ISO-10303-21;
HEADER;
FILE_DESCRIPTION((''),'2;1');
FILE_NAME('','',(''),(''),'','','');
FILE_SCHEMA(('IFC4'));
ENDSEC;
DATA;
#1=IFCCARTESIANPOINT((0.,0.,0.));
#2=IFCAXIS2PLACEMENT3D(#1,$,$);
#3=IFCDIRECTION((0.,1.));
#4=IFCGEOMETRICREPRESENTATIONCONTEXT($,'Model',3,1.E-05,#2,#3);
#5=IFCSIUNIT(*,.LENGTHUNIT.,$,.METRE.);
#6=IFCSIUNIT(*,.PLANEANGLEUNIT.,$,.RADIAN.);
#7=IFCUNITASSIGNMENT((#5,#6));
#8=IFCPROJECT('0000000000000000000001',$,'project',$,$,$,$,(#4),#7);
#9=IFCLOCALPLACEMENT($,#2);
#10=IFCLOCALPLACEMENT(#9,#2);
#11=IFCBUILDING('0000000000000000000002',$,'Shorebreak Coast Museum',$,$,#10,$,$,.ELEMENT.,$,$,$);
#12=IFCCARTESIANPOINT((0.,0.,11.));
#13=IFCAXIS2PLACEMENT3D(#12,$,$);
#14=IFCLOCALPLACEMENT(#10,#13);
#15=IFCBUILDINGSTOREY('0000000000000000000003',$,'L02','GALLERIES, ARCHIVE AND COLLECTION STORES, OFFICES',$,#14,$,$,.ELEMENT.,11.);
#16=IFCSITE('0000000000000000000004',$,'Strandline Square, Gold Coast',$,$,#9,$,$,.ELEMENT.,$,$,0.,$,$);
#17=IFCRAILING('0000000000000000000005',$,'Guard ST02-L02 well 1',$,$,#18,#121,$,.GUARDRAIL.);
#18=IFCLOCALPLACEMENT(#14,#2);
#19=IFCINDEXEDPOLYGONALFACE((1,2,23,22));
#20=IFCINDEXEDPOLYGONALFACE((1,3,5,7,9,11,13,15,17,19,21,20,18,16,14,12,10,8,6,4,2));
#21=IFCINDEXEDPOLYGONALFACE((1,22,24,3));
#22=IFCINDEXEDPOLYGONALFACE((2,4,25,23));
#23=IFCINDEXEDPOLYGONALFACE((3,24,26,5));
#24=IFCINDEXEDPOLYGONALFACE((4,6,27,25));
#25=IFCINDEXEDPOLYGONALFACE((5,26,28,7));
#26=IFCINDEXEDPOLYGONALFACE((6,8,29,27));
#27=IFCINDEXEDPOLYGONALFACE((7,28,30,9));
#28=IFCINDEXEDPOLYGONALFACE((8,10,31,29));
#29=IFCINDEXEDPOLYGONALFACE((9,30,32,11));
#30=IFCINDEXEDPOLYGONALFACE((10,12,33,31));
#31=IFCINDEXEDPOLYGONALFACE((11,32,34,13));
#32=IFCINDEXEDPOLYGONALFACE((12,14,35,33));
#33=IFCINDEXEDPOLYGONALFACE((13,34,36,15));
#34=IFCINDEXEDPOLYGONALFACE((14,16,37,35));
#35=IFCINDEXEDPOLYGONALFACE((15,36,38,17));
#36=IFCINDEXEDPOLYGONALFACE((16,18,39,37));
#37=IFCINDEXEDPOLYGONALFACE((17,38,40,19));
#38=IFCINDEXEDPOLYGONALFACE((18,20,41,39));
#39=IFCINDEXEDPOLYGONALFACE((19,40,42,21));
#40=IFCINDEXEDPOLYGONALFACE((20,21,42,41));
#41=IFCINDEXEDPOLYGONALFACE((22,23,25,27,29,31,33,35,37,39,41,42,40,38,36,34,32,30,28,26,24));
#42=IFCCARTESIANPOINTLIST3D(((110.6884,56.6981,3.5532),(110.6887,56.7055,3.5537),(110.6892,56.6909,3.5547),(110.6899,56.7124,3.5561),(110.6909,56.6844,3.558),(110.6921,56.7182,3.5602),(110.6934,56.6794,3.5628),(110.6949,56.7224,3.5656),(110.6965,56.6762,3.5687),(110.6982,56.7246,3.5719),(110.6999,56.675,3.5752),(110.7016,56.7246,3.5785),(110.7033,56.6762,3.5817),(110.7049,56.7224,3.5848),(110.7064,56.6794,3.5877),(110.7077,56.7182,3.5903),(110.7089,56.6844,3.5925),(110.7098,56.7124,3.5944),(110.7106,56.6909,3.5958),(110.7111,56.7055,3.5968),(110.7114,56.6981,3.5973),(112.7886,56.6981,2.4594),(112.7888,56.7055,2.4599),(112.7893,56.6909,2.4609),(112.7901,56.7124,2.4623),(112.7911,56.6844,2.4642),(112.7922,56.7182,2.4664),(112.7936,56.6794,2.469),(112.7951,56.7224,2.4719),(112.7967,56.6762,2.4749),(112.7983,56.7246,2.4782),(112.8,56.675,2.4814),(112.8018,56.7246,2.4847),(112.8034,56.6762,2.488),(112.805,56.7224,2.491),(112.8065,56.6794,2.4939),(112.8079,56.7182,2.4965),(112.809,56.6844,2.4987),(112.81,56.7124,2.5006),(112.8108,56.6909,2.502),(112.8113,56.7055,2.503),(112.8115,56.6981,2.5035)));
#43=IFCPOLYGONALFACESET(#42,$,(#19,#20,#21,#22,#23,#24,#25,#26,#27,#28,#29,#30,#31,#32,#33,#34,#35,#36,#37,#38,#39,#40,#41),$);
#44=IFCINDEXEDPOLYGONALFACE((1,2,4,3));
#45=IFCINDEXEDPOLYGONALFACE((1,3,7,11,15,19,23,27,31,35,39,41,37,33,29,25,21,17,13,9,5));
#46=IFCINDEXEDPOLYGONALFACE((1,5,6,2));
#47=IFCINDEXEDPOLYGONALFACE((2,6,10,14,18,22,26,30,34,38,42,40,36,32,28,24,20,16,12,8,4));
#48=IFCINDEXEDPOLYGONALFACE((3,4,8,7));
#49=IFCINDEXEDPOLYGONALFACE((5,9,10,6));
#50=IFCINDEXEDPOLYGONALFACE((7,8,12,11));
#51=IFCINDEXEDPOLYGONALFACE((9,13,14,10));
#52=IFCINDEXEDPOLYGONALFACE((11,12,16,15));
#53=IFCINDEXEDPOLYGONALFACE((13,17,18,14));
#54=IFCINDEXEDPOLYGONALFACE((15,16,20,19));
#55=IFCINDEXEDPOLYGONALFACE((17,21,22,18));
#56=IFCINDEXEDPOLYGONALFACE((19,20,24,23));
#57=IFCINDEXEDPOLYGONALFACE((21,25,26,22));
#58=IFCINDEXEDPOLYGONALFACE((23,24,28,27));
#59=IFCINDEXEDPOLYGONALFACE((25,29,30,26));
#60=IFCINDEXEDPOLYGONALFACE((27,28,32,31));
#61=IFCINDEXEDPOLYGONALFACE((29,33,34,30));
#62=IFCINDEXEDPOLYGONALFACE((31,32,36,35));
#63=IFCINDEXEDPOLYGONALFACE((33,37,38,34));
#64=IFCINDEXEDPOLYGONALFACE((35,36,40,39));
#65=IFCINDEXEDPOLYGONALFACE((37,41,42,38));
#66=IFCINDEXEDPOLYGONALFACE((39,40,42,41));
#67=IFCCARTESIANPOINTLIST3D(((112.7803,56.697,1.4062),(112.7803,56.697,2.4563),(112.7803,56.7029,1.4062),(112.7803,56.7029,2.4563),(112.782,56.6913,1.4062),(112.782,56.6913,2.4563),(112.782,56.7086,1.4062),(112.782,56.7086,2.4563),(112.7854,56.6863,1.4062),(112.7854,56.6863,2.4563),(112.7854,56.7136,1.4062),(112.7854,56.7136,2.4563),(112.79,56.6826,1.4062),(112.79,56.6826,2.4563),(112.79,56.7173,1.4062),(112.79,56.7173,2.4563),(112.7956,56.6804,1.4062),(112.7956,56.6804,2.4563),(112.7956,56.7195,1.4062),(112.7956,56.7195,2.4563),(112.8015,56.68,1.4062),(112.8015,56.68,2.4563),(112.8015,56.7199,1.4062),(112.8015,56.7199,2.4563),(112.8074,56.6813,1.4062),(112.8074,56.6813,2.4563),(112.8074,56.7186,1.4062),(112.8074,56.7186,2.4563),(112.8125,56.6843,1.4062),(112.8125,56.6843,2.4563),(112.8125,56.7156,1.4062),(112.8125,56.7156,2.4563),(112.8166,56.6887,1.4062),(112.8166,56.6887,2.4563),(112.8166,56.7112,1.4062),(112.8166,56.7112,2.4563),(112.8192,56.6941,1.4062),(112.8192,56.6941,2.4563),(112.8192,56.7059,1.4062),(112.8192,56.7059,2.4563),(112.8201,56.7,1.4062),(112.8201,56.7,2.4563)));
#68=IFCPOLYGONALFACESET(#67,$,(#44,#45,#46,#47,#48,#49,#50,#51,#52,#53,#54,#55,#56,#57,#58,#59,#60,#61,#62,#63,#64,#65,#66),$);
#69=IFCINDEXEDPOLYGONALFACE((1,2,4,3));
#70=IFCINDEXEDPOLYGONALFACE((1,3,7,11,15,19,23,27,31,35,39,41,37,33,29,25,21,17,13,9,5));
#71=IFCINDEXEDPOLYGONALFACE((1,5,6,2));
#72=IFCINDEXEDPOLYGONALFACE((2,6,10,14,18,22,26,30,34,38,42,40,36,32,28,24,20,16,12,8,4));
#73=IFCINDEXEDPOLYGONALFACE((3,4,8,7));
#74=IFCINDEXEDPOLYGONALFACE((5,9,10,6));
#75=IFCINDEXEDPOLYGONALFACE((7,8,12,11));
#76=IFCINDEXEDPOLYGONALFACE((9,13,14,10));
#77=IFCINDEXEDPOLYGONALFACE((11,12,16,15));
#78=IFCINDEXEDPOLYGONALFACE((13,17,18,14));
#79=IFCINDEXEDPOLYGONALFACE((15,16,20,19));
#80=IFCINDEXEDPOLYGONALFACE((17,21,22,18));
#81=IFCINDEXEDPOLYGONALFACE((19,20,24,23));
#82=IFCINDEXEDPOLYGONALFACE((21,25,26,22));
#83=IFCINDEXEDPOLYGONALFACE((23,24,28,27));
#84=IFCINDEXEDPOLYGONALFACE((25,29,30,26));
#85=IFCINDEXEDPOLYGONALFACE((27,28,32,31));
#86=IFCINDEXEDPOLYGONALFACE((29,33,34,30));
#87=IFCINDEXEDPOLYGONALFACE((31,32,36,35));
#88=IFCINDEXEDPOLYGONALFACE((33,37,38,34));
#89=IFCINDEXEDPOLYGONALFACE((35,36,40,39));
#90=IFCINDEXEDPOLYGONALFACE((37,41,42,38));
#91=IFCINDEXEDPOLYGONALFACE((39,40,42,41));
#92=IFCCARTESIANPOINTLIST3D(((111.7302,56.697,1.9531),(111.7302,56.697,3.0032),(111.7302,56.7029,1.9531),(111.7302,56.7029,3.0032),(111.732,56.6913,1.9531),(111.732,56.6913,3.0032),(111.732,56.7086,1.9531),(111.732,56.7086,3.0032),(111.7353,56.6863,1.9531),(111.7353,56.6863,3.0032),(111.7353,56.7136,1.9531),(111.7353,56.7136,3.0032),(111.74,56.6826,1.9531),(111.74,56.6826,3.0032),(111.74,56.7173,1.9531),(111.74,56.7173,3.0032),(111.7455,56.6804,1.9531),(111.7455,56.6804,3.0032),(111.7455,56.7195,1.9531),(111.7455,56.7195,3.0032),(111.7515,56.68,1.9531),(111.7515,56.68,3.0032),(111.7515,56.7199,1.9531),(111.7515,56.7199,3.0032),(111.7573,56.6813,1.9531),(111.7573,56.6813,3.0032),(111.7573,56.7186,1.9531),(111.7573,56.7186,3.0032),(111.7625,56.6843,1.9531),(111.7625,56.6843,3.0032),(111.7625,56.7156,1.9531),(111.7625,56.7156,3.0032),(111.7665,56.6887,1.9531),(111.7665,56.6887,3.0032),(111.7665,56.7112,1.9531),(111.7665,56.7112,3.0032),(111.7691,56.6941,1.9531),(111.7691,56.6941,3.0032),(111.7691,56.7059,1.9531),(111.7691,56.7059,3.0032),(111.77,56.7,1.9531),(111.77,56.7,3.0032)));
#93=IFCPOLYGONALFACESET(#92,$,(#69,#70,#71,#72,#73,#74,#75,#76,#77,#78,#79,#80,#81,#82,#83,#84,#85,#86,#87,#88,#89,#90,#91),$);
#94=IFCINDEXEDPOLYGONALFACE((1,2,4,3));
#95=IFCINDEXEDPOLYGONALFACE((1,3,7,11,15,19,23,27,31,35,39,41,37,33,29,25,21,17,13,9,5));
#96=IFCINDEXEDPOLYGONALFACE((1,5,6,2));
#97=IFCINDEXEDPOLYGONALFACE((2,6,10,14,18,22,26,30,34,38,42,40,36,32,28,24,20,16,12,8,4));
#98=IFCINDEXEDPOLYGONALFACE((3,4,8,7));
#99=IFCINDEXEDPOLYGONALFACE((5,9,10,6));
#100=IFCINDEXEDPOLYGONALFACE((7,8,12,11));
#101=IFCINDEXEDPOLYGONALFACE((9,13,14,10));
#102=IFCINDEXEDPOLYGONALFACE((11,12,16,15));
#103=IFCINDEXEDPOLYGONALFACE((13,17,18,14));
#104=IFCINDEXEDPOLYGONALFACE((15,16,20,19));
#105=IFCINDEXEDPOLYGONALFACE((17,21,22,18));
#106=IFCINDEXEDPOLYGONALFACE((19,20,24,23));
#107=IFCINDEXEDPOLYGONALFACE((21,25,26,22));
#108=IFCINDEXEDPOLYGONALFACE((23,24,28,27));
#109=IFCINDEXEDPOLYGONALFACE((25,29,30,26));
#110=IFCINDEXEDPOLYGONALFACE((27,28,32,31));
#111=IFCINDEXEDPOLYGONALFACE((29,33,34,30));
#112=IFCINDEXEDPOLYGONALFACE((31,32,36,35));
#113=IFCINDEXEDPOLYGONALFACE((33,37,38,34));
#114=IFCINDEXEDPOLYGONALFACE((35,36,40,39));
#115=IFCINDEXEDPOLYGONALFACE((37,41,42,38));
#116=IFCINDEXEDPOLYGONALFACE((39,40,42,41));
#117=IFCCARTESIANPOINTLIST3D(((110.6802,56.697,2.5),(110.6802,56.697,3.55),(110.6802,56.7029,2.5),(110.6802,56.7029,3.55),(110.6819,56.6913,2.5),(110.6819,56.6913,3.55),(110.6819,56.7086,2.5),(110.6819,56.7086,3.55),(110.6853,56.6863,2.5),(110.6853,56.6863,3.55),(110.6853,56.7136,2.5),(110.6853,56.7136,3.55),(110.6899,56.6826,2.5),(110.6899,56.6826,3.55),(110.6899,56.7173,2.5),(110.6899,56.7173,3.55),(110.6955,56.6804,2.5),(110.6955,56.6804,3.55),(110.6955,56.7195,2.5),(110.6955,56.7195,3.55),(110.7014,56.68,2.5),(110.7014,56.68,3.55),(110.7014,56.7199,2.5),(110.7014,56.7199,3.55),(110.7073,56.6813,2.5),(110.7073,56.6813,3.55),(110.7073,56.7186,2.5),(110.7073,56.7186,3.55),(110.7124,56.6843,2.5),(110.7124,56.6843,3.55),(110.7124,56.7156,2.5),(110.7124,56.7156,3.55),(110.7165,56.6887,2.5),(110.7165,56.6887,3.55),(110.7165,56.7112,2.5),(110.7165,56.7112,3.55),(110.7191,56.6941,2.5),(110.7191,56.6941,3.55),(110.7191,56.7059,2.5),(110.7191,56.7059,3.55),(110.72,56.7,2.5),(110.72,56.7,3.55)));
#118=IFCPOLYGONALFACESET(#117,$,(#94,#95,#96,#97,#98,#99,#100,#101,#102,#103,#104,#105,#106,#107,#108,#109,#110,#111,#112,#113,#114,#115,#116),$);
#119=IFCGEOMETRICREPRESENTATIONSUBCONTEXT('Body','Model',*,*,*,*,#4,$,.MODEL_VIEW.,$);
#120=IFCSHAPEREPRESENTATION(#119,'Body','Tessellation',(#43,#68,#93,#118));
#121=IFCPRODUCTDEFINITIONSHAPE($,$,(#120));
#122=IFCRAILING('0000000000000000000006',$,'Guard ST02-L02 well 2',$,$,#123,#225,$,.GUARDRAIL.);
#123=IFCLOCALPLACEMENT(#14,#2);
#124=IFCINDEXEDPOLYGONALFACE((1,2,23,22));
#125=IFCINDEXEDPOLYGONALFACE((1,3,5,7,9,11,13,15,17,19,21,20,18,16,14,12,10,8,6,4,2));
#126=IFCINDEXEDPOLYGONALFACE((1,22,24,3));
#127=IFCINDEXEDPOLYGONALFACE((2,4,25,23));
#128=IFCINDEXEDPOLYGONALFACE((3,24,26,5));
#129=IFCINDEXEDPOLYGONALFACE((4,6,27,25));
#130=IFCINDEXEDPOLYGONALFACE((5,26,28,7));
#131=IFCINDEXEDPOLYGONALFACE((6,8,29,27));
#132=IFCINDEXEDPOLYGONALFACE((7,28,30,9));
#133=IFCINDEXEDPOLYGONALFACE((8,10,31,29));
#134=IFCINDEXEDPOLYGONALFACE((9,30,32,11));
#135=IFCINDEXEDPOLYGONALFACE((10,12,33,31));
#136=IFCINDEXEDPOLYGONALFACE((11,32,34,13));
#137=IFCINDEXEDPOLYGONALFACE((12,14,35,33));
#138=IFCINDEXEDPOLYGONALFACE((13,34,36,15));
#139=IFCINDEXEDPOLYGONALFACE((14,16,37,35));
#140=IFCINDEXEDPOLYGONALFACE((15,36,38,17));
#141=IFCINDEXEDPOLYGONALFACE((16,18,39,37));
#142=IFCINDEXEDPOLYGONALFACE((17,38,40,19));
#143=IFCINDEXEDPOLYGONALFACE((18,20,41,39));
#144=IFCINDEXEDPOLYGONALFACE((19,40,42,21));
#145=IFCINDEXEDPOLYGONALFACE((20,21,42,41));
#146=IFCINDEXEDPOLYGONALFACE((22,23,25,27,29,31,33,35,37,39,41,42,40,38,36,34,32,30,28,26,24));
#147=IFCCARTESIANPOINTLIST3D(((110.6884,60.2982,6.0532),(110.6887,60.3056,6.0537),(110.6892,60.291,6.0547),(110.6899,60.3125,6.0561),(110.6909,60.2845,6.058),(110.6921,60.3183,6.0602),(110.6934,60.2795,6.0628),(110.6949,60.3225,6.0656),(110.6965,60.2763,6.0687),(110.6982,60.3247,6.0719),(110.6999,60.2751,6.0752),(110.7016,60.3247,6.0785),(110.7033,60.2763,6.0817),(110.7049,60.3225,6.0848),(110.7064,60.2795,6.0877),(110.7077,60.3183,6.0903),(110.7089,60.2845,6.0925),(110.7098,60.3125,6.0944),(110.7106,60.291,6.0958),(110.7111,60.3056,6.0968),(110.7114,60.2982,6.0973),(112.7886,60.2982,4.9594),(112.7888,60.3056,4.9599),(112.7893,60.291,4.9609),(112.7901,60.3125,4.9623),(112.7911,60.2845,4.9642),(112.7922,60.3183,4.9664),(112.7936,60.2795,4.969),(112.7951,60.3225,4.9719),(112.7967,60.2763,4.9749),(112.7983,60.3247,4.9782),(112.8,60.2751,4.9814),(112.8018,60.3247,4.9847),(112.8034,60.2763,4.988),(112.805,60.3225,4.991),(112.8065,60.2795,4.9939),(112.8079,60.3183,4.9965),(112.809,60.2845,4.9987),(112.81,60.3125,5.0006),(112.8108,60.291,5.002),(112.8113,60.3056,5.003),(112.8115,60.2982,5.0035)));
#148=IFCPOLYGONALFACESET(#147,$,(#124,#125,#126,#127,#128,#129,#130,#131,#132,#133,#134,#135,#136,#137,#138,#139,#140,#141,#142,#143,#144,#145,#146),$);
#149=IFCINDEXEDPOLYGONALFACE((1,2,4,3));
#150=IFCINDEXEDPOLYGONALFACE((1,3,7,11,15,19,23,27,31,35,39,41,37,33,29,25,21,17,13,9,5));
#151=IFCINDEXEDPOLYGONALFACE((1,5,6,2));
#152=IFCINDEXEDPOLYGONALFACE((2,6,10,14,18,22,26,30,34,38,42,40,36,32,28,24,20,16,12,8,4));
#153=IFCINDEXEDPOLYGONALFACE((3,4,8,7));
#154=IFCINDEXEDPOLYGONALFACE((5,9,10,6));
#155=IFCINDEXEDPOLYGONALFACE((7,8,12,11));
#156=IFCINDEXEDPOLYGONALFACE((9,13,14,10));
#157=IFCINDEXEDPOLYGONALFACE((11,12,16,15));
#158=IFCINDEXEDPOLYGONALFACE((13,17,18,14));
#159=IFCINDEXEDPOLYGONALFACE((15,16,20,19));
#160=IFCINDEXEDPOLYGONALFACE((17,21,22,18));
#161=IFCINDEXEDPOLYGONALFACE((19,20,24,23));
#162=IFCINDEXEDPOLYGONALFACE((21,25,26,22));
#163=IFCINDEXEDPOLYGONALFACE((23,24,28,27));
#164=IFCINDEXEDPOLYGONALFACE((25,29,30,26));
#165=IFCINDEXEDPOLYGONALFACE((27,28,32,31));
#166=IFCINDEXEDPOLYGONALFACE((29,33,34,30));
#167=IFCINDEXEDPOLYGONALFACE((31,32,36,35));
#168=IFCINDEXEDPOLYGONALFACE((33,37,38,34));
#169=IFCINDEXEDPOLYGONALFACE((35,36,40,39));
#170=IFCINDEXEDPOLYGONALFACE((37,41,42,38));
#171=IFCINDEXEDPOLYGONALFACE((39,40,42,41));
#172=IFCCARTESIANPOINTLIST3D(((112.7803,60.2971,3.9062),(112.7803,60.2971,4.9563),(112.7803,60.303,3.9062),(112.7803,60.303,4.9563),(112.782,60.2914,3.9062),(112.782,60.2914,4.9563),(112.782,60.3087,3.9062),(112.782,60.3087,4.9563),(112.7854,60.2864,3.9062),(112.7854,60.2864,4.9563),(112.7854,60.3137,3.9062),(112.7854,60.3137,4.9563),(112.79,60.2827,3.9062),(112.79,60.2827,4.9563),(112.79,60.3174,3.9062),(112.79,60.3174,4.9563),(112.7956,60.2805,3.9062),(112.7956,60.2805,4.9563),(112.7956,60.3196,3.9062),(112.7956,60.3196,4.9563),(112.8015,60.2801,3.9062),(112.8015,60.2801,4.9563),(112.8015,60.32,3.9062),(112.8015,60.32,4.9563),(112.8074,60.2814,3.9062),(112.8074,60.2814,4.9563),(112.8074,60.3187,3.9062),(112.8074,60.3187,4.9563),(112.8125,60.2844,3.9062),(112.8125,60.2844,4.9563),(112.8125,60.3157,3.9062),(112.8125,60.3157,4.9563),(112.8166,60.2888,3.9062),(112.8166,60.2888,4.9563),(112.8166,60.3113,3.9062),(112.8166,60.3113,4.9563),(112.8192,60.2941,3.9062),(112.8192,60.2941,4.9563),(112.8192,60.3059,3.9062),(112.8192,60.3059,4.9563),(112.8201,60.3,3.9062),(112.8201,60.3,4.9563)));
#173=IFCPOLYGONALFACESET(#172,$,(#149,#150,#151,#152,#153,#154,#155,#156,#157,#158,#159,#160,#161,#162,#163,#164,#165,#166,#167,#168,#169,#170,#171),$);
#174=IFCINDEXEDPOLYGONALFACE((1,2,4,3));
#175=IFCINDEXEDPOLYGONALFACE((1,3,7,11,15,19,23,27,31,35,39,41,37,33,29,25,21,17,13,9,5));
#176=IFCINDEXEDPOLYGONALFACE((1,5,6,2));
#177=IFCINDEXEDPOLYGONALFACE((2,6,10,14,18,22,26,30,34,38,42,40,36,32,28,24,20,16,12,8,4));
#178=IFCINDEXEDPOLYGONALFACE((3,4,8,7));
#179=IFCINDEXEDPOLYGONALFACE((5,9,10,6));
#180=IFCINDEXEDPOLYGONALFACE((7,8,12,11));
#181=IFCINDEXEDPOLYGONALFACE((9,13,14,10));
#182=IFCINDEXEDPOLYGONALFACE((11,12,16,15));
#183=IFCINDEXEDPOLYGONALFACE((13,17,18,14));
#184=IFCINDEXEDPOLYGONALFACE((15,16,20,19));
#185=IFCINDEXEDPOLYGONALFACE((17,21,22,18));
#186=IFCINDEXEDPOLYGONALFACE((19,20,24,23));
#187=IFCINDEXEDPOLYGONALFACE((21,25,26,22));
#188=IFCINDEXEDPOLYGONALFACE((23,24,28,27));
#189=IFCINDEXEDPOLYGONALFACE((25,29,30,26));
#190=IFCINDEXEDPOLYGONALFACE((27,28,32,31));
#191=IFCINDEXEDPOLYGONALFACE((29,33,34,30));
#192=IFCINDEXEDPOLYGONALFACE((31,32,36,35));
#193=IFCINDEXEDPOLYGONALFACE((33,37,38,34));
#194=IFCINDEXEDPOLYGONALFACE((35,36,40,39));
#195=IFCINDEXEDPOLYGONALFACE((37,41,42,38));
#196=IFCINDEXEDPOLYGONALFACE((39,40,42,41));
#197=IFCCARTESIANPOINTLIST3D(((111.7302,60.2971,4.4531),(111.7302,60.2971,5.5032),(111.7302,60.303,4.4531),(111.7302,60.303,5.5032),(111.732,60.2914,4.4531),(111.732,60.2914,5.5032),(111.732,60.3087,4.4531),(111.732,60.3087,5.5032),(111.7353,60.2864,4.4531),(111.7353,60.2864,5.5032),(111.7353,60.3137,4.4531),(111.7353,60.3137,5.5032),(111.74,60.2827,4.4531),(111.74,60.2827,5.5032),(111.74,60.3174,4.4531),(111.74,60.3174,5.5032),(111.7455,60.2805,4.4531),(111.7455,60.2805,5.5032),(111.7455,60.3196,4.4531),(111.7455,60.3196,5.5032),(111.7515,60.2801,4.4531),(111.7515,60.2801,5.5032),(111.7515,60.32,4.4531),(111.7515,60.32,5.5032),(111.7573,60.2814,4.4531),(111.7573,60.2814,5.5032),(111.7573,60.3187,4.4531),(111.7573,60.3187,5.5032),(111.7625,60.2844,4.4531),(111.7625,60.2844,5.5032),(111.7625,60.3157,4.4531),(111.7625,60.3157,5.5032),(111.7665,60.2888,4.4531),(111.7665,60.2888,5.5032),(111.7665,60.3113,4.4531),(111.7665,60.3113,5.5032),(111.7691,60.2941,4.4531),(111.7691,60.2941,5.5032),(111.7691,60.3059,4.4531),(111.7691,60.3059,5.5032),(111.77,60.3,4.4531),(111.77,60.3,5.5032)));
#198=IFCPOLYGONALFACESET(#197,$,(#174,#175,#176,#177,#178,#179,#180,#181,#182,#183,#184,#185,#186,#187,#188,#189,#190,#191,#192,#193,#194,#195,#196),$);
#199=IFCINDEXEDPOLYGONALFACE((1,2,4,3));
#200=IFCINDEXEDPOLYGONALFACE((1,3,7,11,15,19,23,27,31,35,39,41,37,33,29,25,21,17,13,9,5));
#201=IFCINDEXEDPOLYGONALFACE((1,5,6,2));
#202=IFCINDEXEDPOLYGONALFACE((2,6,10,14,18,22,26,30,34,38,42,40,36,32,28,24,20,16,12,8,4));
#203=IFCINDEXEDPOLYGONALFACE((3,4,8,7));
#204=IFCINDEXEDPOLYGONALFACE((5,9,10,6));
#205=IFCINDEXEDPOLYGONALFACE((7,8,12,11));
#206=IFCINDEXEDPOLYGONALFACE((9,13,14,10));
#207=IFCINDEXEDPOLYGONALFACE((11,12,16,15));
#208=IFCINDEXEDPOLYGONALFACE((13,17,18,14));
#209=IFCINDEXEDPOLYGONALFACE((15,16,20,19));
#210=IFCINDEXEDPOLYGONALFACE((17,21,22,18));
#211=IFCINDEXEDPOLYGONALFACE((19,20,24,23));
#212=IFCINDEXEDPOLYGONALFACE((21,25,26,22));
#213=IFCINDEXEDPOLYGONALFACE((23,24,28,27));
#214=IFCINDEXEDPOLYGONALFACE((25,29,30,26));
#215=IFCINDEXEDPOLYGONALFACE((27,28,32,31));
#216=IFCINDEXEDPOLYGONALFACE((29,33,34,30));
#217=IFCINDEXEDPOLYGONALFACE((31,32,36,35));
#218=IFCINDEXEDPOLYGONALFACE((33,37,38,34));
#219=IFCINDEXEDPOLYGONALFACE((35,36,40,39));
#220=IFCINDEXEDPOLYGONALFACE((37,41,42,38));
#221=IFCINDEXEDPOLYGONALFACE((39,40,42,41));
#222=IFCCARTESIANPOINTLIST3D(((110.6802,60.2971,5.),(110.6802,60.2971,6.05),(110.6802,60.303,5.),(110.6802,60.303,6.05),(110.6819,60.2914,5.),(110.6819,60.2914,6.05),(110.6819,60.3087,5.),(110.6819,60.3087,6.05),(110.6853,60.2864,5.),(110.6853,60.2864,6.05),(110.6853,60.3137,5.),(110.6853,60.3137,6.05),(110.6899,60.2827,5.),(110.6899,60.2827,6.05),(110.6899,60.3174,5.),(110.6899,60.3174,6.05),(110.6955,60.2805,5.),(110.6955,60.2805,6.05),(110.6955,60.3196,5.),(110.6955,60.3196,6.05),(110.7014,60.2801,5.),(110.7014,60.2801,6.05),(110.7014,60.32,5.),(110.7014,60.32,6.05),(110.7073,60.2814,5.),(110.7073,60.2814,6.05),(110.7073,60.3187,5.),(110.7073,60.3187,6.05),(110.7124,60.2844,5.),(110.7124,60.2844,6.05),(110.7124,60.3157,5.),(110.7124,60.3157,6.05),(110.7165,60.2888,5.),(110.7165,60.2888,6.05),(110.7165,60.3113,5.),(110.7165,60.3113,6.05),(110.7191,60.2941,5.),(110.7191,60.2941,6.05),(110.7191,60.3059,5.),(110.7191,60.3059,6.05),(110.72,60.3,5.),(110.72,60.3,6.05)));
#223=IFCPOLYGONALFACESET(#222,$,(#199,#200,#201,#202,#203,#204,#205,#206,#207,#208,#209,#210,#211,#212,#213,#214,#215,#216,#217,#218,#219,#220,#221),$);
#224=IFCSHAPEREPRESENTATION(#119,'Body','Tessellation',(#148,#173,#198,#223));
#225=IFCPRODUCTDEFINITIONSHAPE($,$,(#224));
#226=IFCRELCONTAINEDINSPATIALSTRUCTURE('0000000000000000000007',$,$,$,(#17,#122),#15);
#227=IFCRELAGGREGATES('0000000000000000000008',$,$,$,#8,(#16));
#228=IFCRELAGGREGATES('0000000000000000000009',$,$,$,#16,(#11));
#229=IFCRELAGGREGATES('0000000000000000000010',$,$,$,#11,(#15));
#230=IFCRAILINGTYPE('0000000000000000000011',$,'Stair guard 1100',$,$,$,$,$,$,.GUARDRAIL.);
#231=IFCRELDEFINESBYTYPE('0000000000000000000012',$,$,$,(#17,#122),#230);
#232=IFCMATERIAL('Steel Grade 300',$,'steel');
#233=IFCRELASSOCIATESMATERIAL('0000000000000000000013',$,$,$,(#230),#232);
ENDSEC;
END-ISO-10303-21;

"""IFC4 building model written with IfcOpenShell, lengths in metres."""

from ifc_helpers import new_model, si_unit, direction, frame, origin, origin_2d, place, context, subcontext, project, spatial, circle, extrude, material, type_object, element, save


model = new_model("IFC4")

# Units and contexts
model_context = context("Model", 3, precision=1e-05, world=origin(), true_north=direction((0.0, 1.0)))
body_context = subcontext(model_context, "Body", "Model", "MODEL_VIEW")
ifc_project = project(units=[si_unit("LENGTHUNIT", "METRE"), si_unit("PLANEANGLEUNIT", "RADIAN")], contexts=[model_context])

# Site, building, storey
site_placement = place(None, origin())
site = spatial("IfcSite", under=ifc_project, at=site_placement, Name="Strandline Square, Gold Coast", CompositionType="ELEMENT", RefElevation=0.0)
building_placement = place(site_placement, origin())
building = spatial("IfcBuilding", under=site, at=building_placement, Name="Shorebreak Coast Museum", CompositionType="ELEMENT")
storey_placement = place(building_placement, frame((0.0, 0.0, 11.0)))
storey = spatial("IfcBuildingStorey", under=building, at=storey_placement, Name="L02", Description="GALLERIES, ARCHIVE AND COLLECTION STORES, OFFICES", CompositionType="ELEMENT", Elevation=11.0)

# Railings
ifc_material_1 = material(Name="Steel Grade 300", Category="steel")
railing_type_1 = type_object("IfcRailingType", Name="Stair guard 1100", PredefinedType="GUARDRAIL", material=ifc_material_1)
for number, where, name in (
    (1, (112.8, 56.7, 1.4062), "Guard ST02-L02 well 1"),
    (2, (112.8, 60.3, 3.9062), "Guard ST02-L02 well 2"),
):
    element("IfcRailing", number, at=place(storey_placement, frame(where)), inside=storey, type_object=railing_type_1, Name=name, PredefinedType="GUARDRAIL", context=body_context, shape_type="SweptSolid", body=[
        extrude(circle(Radius=0.0249, at=origin_2d()), frame((0.0, 0.0, 1.0752), z_axis=(-0.886923, 0.0, 0.461918), x_axis=(0.0, -1.0, 0.0)), (0.0, 0.0, 1.0), 2.3679),
        extrude(circle(Radius=0.02, at=origin_2d()), origin(), (0.0, 0.0, 1.0), 1.05),
        extrude(circle(Radius=0.02, at=origin_2d()), frame((-1.05, 0.0, 0.5469)), (0.0, 0.0, 1.0), 1.05),
        extrude(circle(Radius=0.02, at=origin_2d()), frame((-2.1001, 0.0, 1.0938)), (0.0, 0.0, 1.0), 1.05),
    ])

save(model, "model.ifc")
